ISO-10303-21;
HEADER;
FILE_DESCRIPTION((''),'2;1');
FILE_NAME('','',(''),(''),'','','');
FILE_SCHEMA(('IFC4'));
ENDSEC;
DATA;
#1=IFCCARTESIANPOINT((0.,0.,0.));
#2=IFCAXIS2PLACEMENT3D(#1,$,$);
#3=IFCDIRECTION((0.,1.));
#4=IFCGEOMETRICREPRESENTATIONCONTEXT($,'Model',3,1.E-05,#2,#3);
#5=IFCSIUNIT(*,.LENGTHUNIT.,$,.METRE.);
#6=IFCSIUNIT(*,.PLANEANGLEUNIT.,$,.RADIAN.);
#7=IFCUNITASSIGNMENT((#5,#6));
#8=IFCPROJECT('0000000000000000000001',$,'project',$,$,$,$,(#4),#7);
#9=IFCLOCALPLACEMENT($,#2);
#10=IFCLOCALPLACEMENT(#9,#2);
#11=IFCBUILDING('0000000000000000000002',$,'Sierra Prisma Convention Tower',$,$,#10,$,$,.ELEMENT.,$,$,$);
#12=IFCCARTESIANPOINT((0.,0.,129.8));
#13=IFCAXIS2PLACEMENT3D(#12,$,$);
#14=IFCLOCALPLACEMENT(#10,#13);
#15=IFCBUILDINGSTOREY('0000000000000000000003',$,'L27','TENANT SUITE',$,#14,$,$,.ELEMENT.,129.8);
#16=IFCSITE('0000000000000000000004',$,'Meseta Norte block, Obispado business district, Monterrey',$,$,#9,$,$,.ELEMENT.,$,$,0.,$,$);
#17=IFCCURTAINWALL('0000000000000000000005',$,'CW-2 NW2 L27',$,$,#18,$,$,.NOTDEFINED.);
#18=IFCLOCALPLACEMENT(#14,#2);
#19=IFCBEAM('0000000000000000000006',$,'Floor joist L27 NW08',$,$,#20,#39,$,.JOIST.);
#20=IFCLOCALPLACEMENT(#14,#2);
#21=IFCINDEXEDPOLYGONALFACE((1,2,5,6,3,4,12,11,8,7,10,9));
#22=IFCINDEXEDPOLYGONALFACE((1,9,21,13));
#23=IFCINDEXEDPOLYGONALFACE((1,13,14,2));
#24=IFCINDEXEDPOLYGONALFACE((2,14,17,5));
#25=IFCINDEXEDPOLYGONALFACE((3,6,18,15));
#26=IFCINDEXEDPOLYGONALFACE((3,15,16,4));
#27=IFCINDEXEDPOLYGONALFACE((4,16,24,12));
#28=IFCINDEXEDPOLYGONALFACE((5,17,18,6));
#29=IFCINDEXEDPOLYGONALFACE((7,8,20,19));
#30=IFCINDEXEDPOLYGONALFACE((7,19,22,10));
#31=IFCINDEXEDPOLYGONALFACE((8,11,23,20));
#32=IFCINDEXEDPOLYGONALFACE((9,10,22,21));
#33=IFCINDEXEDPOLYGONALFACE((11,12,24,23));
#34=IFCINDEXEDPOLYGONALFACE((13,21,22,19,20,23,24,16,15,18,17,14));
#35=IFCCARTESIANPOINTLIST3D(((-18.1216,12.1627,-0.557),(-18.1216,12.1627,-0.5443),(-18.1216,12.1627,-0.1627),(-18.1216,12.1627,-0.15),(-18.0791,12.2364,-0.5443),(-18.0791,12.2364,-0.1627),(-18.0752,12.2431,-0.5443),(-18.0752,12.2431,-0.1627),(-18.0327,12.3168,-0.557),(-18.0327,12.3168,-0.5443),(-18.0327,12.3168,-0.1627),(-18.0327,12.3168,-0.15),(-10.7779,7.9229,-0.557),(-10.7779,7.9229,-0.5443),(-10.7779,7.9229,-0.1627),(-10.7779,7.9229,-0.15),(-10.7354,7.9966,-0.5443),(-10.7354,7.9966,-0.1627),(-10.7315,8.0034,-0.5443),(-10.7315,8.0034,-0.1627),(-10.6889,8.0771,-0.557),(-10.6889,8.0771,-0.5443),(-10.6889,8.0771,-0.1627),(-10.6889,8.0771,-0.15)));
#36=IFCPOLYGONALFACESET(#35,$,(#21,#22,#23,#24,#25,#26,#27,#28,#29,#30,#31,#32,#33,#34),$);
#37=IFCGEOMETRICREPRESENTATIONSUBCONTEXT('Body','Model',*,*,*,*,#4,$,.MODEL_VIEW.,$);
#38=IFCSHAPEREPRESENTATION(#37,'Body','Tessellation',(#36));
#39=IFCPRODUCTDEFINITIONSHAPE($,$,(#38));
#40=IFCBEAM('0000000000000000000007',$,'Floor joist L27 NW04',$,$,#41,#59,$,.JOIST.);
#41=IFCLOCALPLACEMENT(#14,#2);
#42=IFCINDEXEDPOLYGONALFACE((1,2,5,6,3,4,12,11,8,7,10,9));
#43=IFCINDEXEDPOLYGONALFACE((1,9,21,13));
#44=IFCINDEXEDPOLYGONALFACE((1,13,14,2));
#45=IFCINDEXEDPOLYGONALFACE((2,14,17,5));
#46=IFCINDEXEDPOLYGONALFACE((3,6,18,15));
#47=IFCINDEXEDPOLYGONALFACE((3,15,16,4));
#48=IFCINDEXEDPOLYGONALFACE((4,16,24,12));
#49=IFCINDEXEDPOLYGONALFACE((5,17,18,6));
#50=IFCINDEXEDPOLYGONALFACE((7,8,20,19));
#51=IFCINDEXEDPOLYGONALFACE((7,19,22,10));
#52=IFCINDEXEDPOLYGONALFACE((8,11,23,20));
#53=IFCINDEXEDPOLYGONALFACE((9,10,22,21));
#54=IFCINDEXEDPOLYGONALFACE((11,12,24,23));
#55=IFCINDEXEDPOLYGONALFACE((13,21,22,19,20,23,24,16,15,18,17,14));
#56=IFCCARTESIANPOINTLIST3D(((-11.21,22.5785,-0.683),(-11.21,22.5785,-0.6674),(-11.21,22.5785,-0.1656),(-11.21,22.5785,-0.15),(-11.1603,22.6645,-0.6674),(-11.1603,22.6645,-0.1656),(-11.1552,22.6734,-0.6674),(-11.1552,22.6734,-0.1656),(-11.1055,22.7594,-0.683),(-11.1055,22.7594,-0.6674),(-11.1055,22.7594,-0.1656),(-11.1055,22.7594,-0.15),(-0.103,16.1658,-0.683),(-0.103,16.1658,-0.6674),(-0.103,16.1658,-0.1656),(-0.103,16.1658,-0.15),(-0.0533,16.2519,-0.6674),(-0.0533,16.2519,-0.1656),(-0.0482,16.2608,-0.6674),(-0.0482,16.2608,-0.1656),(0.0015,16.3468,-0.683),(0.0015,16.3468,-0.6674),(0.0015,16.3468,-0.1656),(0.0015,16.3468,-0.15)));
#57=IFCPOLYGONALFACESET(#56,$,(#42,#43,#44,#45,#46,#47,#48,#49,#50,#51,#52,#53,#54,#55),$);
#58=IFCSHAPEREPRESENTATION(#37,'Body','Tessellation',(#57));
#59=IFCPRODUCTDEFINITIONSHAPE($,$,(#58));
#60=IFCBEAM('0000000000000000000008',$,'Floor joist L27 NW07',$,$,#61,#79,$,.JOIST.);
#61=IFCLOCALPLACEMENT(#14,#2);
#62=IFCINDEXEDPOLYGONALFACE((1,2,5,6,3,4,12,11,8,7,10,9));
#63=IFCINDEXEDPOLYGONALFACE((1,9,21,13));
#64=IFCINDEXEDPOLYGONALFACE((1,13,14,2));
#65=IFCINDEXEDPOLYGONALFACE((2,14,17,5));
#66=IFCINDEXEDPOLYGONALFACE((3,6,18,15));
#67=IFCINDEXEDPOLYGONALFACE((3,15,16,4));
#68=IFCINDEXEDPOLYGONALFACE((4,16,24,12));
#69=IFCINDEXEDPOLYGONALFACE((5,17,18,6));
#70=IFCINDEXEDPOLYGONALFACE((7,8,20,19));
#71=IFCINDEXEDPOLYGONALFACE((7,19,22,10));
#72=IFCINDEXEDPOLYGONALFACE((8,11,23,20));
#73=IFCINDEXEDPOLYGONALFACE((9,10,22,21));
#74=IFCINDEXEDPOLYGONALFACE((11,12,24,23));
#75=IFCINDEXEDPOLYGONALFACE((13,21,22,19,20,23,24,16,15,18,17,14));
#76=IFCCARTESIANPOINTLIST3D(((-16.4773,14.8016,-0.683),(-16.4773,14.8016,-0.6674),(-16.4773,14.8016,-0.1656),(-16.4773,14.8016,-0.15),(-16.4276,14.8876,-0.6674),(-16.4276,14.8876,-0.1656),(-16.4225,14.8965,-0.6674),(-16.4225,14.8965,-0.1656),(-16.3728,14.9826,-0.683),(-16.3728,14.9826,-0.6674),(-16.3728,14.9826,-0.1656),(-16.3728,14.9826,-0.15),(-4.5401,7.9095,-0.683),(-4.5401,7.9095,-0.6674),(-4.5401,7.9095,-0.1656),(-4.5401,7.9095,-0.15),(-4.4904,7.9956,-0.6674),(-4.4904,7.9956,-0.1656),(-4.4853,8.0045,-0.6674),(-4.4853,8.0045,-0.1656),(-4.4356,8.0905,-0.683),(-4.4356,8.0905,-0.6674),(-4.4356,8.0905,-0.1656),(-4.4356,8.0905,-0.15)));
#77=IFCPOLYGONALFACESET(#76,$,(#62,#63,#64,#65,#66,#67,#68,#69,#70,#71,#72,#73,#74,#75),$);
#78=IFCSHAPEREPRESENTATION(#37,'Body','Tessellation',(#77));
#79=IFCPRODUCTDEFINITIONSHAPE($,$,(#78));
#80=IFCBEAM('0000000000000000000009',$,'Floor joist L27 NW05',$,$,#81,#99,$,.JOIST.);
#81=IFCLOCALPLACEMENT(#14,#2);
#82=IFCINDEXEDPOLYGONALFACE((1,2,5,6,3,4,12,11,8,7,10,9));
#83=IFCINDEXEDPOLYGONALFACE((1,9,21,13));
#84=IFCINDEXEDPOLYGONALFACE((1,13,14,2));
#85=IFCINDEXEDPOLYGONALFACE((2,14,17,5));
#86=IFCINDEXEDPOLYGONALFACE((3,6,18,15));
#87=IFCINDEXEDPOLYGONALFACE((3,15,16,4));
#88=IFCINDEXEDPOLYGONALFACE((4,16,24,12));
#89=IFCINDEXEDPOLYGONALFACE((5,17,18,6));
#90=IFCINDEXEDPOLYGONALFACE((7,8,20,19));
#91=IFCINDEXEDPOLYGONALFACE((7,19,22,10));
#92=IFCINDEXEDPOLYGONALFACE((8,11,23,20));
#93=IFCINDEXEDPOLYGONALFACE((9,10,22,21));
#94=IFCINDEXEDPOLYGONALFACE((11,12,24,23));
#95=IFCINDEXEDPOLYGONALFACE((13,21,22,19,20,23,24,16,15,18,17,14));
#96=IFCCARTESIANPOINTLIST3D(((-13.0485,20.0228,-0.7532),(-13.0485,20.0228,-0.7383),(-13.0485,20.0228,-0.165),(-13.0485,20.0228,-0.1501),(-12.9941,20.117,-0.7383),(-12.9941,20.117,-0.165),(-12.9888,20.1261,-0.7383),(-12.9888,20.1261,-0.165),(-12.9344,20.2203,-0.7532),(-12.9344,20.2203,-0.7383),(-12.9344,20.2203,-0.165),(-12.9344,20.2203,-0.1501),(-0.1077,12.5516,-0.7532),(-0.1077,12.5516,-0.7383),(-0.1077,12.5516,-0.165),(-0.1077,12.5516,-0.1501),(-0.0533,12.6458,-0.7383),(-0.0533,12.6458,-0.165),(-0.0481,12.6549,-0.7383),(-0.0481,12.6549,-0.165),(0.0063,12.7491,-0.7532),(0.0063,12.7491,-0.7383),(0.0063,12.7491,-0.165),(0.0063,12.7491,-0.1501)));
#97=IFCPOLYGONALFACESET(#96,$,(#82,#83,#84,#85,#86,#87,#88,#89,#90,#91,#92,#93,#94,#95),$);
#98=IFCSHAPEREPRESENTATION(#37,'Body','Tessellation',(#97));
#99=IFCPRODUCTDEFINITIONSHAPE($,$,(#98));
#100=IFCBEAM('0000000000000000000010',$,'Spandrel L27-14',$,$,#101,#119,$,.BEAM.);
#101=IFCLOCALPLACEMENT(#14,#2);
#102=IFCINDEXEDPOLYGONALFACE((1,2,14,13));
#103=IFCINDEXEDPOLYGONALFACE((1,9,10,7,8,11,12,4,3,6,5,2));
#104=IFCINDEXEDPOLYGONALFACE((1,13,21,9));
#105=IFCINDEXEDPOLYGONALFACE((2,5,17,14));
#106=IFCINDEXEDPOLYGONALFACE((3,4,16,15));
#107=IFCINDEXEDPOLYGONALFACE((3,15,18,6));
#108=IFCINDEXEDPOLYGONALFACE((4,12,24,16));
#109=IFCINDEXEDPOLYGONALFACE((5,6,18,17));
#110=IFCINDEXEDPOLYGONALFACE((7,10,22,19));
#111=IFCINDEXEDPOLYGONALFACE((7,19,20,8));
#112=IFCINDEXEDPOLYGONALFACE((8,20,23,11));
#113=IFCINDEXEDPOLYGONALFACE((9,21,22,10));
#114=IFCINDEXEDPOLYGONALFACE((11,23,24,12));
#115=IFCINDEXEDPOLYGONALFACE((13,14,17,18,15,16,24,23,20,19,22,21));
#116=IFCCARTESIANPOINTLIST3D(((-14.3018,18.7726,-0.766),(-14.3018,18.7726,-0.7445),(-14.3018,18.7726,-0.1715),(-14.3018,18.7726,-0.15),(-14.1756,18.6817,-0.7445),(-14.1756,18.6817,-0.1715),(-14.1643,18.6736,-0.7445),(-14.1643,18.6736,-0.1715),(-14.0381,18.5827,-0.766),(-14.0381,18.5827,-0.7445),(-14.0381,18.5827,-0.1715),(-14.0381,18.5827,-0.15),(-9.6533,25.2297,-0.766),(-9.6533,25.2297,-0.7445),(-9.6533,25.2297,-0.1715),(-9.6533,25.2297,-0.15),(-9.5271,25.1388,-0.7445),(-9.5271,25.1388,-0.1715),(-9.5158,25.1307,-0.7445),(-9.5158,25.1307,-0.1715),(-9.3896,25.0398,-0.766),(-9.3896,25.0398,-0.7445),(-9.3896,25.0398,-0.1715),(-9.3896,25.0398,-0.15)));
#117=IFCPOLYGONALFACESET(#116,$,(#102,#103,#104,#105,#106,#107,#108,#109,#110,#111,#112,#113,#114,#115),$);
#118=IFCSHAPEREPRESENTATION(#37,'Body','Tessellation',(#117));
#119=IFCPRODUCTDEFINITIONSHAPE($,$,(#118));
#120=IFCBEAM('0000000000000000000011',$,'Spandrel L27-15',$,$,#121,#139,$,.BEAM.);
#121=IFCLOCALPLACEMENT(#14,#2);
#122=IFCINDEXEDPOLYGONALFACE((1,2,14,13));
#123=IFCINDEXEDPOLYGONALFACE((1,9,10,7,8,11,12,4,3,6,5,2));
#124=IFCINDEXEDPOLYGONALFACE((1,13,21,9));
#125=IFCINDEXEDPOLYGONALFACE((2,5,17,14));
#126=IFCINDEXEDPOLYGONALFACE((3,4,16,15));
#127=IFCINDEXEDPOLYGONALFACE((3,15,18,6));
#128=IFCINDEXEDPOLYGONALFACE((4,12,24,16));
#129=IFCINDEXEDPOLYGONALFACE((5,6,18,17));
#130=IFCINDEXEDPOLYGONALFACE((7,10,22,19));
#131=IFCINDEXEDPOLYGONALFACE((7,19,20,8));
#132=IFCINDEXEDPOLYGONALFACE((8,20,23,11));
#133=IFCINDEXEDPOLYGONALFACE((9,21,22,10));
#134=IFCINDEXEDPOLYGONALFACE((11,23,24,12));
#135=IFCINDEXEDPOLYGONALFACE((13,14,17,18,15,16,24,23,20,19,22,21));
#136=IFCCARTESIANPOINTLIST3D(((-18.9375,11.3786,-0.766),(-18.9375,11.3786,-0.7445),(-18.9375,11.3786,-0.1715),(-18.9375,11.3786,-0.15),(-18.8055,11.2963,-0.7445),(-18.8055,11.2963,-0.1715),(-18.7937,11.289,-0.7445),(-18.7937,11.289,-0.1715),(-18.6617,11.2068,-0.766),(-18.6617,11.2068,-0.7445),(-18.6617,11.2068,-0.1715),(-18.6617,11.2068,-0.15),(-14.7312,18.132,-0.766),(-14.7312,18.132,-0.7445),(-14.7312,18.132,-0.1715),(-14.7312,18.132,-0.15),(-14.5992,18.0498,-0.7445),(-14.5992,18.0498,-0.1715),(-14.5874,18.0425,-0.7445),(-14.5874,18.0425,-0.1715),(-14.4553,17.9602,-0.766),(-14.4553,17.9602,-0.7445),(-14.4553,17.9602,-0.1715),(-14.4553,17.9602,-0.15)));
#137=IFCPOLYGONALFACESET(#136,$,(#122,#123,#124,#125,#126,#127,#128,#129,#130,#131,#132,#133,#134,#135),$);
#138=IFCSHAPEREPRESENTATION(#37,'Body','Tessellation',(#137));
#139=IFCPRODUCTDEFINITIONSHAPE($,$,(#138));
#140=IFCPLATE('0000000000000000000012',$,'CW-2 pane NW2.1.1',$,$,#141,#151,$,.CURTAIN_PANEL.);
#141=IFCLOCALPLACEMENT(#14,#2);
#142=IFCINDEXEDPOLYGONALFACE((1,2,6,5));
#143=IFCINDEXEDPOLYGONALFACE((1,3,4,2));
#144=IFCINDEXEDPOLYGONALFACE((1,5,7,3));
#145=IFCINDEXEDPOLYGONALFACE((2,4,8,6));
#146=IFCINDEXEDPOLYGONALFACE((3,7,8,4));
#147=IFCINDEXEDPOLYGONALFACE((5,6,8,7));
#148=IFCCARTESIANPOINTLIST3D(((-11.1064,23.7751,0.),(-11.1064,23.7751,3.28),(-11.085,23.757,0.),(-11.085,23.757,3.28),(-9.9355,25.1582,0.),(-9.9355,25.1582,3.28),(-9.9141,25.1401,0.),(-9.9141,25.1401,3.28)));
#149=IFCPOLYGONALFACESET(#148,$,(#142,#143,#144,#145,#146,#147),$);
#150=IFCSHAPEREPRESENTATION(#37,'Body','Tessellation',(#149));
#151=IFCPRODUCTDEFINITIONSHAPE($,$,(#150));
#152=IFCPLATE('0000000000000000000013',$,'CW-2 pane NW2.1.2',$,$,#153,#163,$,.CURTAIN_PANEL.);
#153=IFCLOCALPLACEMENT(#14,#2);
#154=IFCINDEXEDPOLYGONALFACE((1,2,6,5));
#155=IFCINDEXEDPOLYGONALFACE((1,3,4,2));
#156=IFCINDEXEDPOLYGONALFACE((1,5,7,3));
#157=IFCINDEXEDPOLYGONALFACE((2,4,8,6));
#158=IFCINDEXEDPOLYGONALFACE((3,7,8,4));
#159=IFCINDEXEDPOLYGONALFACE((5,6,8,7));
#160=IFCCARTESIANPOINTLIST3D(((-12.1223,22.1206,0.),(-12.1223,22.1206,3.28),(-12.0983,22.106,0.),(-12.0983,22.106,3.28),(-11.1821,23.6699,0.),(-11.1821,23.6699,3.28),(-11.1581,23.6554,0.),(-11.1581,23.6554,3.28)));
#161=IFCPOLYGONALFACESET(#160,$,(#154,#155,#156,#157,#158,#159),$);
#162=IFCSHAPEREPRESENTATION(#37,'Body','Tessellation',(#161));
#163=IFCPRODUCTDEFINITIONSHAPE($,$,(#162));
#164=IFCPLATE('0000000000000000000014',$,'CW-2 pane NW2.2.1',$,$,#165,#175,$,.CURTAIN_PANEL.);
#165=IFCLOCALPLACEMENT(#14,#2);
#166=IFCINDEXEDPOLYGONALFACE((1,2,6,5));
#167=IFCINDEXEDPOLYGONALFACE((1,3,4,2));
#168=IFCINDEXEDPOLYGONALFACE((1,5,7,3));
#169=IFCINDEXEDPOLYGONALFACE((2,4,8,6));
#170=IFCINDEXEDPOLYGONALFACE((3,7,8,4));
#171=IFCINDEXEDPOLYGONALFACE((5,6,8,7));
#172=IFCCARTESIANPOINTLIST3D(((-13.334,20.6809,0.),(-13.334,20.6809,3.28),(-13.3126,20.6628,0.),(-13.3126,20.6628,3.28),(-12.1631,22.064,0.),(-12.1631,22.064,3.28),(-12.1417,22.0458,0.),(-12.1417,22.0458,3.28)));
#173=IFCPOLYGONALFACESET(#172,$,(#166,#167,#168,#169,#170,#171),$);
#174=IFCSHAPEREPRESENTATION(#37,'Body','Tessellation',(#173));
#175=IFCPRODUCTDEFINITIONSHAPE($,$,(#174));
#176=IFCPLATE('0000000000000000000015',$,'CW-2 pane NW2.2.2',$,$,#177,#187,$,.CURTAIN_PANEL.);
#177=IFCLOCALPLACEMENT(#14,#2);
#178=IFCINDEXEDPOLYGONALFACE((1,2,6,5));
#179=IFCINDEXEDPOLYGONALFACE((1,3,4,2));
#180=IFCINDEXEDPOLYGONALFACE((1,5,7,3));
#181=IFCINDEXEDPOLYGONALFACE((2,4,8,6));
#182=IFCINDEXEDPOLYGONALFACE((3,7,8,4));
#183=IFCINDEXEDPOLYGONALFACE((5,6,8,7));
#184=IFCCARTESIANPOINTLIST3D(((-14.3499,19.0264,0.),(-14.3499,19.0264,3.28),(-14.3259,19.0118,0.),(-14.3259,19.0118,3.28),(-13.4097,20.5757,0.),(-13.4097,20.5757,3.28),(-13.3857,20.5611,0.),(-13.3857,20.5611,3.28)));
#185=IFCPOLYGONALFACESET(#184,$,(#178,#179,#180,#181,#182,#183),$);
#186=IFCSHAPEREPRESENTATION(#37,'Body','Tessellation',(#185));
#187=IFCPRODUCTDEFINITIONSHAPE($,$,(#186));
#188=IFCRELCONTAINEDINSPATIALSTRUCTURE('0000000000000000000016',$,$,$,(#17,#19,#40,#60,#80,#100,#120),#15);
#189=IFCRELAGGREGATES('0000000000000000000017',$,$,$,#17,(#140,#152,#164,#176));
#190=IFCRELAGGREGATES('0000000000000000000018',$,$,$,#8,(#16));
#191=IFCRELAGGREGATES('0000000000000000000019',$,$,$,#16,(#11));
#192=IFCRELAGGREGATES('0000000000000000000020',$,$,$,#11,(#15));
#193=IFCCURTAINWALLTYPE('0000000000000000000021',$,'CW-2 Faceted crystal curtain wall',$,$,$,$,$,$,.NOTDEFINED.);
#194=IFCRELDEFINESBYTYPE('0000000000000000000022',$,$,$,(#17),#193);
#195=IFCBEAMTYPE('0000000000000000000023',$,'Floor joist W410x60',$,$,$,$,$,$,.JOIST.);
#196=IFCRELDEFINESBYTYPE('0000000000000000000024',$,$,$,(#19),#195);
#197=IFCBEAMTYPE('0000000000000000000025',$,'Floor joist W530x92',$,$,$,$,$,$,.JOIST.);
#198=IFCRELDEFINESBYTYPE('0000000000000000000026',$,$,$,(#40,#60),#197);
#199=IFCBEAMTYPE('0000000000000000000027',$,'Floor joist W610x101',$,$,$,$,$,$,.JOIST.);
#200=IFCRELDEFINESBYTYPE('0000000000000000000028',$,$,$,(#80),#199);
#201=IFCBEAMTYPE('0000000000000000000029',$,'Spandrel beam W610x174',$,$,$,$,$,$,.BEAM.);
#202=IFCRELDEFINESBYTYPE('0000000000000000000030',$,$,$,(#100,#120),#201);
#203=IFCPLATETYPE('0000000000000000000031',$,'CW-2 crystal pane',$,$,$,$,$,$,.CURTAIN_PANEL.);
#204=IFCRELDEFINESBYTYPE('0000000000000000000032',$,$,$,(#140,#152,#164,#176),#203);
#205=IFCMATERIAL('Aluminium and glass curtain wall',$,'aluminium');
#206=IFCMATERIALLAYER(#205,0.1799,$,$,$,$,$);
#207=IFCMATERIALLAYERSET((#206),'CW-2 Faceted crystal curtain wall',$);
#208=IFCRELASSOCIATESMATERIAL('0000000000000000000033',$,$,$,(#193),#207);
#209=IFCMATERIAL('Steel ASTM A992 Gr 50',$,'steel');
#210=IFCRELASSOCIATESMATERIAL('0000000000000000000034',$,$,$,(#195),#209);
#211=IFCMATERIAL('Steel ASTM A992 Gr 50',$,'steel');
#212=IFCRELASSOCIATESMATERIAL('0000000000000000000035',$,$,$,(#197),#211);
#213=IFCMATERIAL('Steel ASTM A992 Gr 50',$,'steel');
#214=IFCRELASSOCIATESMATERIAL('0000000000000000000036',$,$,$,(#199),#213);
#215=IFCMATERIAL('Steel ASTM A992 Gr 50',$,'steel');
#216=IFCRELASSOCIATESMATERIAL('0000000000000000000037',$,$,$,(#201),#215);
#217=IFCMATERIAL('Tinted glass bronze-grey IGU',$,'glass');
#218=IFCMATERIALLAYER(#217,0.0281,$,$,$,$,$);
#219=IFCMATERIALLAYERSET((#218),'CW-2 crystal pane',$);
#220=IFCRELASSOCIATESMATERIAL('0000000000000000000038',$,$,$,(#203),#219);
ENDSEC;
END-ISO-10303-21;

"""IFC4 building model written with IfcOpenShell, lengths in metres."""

from ifc_helpers import new_model, si_unit, direction, frame, origin, origin_2d, place, context, subcontext, project, spatial, polyline, i_section, outline, extrude, material, layer, layer_set, material_profile, profile_set, type_object, element, aggregate, save


model = new_model("IFC4")

# Units and contexts
model_context = context("Model", 3, precision=1e-05, world=origin(), true_north=direction((0.0, 1.0)))
body_context = subcontext(model_context, "Body", "Model", "MODEL_VIEW")
ifc_project = project(units=[si_unit("LENGTHUNIT", "METRE"), si_unit("PLANEANGLEUNIT", "RADIAN")], contexts=[model_context])

# Site, building, storey
site_placement = place(None, origin())
site = spatial("IfcSite", under=ifc_project, at=site_placement, Name="Meseta Norte block, Obispado business district, Monterrey", CompositionType="ELEMENT", RefElevation=0.0)
building_placement = place(site_placement, origin())
building = spatial("IfcBuilding", under=site, at=building_placement, Name="Sierra Prisma Convention Tower", CompositionType="ELEMENT")
storey_placement = place(building_placement, frame((0.0, 0.0, 129.8)))
storey = spatial("IfcBuildingStorey", under=building, at=storey_placement, Name="L27", Description="TENANT SUITE", CompositionType="ELEMENT", Elevation=129.8)

# Curtain wall
ifc_material_1 = material(Name="Aluminium and glass curtain wall", Category="aluminium")
ifc_layer_1 = layer(ifc_material_1, 0.1799)
ifc_layer_set_1 = layer_set([ifc_layer_1], Name="CW-2 Faceted crystal curtain wall")
curtain_wall_type = type_object("IfcCurtainWallType", Name="CW-2 Faceted crystal curtain wall", PredefinedType="NOTDEFINED", material=ifc_layer_set_1)
curtain_wall_1_placement = place(storey_placement, origin())
curtain_wall_1 = element("IfcCurtainWall", 1, at=curtain_wall_1_placement, inside=storey, type_object=curtain_wall_type, Name="CW-2 NW2 L27", PredefinedType="NOTDEFINED")

# Beams
ifc_material_2 = material(Name="Steel ASTM A992 Gr 50", Category="steel")
ifc_material_profile_1 = material_profile(ifc_material_2, i_section(OverallWidth=0.178, OverallDepth=0.407, WebThickness=0.0078, FlangeThickness=0.0127, at=origin_2d()), Name="W410x60")
ifc_profile_set_1 = profile_set([ifc_material_profile_1], Name="Steel ASTM A992 Gr 50")
beam_type_1 = type_object("IfcBeamType", Name="Floor joist W410x60", PredefinedType="JOIST", material=ifc_profile_set_1)
beam_1_placement = place(storey_placement, frame((-18.0771, 12.2397, -0.3535), z_axis=(0.866034, -0.499985, 0.0), x_axis=(0.499985, 0.866034, 0.0)))
element("IfcBeam", 2, at=beam_1_placement, inside=storey, type_object=beam_type_1, Name="Floor joist L27 NW08", PredefinedType="JOIST", context=body_context, shape_type="SweptSolid", body=[
    extrude(i_section(OverallWidth=0.178, OverallDepth=0.407, WebThickness=0.0078, FlangeThickness=0.0127, at=origin_2d()), origin(), (0.0, 0.0, 1.0), 8.4797),
])
ifc_material_3 = material(Name="Steel ASTM A992 Gr 50", Category="steel")
ifc_material_profile_2 = material_profile(ifc_material_3, i_section(OverallWidth=0.209, OverallDepth=0.533, WebThickness=0.0103, FlangeThickness=0.0156, at=origin_2d()), Name="W530x92")
ifc_profile_set_2 = profile_set([ifc_material_profile_2], Name="Steel ASTM A992 Gr 50")
beam_type_2 = type_object("IfcBeamType", Name="Floor joist W530x92", PredefinedType="JOIST", material=ifc_profile_set_2)
beam_2_placement = place(storey_placement, frame((-11.1577, 22.6689, -0.4165), z_axis=(0.866025, -0.5, 0.0), x_axis=(0.5, 0.866025, 0.0)))
element("IfcBeam", 3, at=beam_2_placement, inside=storey, type_object=beam_type_2, Name="Floor joist L27 NW04", PredefinedType="JOIST", context=body_context, shape_type="SweptSolid", body=[
    extrude(i_section(OverallWidth=0.209, OverallDepth=0.533, WebThickness=0.0103, FlangeThickness=0.0156, at=origin_2d()), origin(), (0.0, 0.0, 1.0), 12.8252),
])
beam_3_placement = place(storey_placement, frame((-16.425, 14.8921, -0.4165), z_axis=(0.866022, -0.500006, 0.0), x_axis=(0.500006, 0.866022, 0.0)))
element("IfcBeam", 4, at=beam_3_placement, inside=storey, type_object=beam_type_2, Name="Floor joist L27 NW07", PredefinedType="JOIST", context=body_context, shape_type="SweptSolid", body=[
    extrude(i_section(OverallWidth=0.209, OverallDepth=0.533, WebThickness=0.0103, FlangeThickness=0.0156, at=origin_2d()), origin(), (0.0, 0.0, 1.0), 13.7839),
])
ifc_material_4 = material(Name="Steel ASTM A992 Gr 50", Category="steel")
ifc_material_profile_3 = material_profile(ifc_material_4, i_section(OverallWidth=0.228, OverallDepth=0.603, WebThickness=0.0105, FlangeThickness=0.0149, at=origin_2d()), Name="W610x101")
ifc_profile_set_3 = profile_set([ifc_material_profile_3], Name="Steel ASTM A992 Gr 50")
beam_type_3 = type_object("IfcBeamType", Name="Floor joist W610x101", PredefinedType="JOIST", material=ifc_profile_set_3)
beam_4_placement = place(storey_placement, frame((-12.9915, 20.1216, -0.4517), z_axis=(0.866029, -0.499994, 0.0), x_axis=(0.499994, 0.866029, 0.0)))
element("IfcBeam", 5, at=beam_4_placement, inside=storey, type_object=beam_type_3, Name="Floor joist L27 NW05", PredefinedType="JOIST", context=body_context, shape_type="SweptSolid", body=[
    extrude(i_section(OverallWidth=0.228, OverallDepth=0.603, WebThickness=0.0105, FlangeThickness=0.0149, at=origin_2d()), origin(), (0.0, 0.0, 1.0), 14.9426),
])
ifc_material_5 = material(Name="Steel ASTM A992 Gr 50", Category="steel")
ifc_material_profile_4 = material_profile(ifc_material_5, i_section(OverallWidth=0.325, OverallDepth=0.616, WebThickness=0.0139, FlangeThickness=0.0215, at=origin_2d()), Name="W610x174")
ifc_profile_set_4 = profile_set([ifc_material_profile_4], Name="Steel ASTM A992 Gr 50")
beam_type_4 = type_object("IfcBeamType", Name="Spandrel beam W610x174", PredefinedType="BEAM", material=ifc_profile_set_4)
for number, where, z_axis, x_axis, name in (
    (6, (-9.5215, 25.1348, -0.458), (-0.584253, -0.811572, 0.0), (0.811572, -0.584253, 0.0), "Spandrel L27-14"),
    (7, (-14.5933, 18.0461, -0.458), (-0.52868, -0.848821, 0.0), (0.848821, -0.52868, 0.0), "Spandrel L27-15"),
):
    element("IfcBeam", number, at=place(storey_placement, frame(where, z_axis=z_axis, x_axis=x_axis)), inside=storey, type_object=beam_type_4, Name=name, PredefinedType="BEAM", context=body_context, shape_type="SweptSolid", body=[
        extrude(i_section(OverallWidth=0.325, OverallDepth=0.616, WebThickness=0.0139, FlangeThickness=0.0215, at=origin_2d()), origin(), (0.0, 0.0, 1.0), 7.9563),
    ])

# Plates
ifc_material_6 = material(Name="Tinted glass bronze-grey IGU", Category="glass")
ifc_layer_2 = layer(ifc_material_6, 0.0281)
ifc_layer_set_2 = layer_set([ifc_layer_2], Name="CW-2 crystal pane")
plate_type = type_object("IfcPlateType", Name="CW-2 crystal pane", PredefinedType="CURTAIN_PANEL", material=ifc_layer_set_2)
plate_1_placement = place(storey_placement, frame((-9.9355, 25.1582, 0.0), z_axis=(-0.763218, 0.646142, 0.0), x_axis=(-0.646142, -0.763218, 0.0)))
plate_1 = element("IfcPlate", 8, at=plate_1_placement, type_object=plate_type, Name="CW-2 pane NW2.1.1", PredefinedType="CURTAIN_PANEL", context=body_context, shape_type="SweptSolid", body=[
    extrude(outline(polyline([(0.0, 0.0), (1.8121, 0.0), (1.8121, 3.28), (0.0, 3.28), (0.0, 0.0)])), origin(), (0.0, 0.0, -1.0), 0.0281),
])
plate_2_placement = place(storey_placement, frame((-12.1223, 22.1206, 0.0), z_axis=(-0.854903, 0.518788, 0.0), x_axis=(0.518788, 0.854903, 0.0)))
plate_2 = element("IfcPlate", 9, at=plate_2_placement, type_object=plate_type, Name="CW-2 pane NW2.1.2", PredefinedType="CURTAIN_PANEL", context=body_context, shape_type="SweptSolid", body=[
    extrude(outline(polyline([(0.0, 0.0), (1.8123, 0.0), (1.8123, -3.28), (0.0, -3.28), (0.0, 0.0)])), origin(), (0.0, 0.0, -1.0), 0.0281),
])
plate_3_placement = place(storey_placement, frame((-12.1631, 22.064, 0.0), z_axis=(-0.763218, 0.646142, 0.0), x_axis=(-0.646142, -0.763218, 0.0)))
plate_3 = element("IfcPlate", 10, at=plate_3_placement, type_object=plate_type, Name="CW-2 pane NW2.2.1", PredefinedType="CURTAIN_PANEL", context=body_context, shape_type="SweptSolid", body=[
    extrude(outline(polyline([(0.0, 0.0), (1.8121, 0.0), (1.8121, 3.28), (0.0, 3.28), (0.0, 0.0)])), origin(), (0.0, 0.0, -1.0), 0.0281),
])
plate_4_placement = place(storey_placement, frame((-14.3499, 19.0264, 0.0), z_axis=(-0.854903, 0.518788, 0.0), x_axis=(0.518788, 0.854903, 0.0)))
plate_4 = element("IfcPlate", 11, at=plate_4_placement, type_object=plate_type, Name="CW-2 pane NW2.2.2", PredefinedType="CURTAIN_PANEL", context=body_context, shape_type="SweptSolid", body=[
    extrude(outline(polyline([(0.0, 0.0), (1.8123, 0.0), (1.8123, -3.28), (0.0, -3.28), (0.0, 0.0)])), origin(), (0.0, 0.0, -1.0), 0.0281),
])
aggregate(curtain_wall_1, [plate_1, plate_2, plate_3, plate_4])

save(model, "model.ifc")
